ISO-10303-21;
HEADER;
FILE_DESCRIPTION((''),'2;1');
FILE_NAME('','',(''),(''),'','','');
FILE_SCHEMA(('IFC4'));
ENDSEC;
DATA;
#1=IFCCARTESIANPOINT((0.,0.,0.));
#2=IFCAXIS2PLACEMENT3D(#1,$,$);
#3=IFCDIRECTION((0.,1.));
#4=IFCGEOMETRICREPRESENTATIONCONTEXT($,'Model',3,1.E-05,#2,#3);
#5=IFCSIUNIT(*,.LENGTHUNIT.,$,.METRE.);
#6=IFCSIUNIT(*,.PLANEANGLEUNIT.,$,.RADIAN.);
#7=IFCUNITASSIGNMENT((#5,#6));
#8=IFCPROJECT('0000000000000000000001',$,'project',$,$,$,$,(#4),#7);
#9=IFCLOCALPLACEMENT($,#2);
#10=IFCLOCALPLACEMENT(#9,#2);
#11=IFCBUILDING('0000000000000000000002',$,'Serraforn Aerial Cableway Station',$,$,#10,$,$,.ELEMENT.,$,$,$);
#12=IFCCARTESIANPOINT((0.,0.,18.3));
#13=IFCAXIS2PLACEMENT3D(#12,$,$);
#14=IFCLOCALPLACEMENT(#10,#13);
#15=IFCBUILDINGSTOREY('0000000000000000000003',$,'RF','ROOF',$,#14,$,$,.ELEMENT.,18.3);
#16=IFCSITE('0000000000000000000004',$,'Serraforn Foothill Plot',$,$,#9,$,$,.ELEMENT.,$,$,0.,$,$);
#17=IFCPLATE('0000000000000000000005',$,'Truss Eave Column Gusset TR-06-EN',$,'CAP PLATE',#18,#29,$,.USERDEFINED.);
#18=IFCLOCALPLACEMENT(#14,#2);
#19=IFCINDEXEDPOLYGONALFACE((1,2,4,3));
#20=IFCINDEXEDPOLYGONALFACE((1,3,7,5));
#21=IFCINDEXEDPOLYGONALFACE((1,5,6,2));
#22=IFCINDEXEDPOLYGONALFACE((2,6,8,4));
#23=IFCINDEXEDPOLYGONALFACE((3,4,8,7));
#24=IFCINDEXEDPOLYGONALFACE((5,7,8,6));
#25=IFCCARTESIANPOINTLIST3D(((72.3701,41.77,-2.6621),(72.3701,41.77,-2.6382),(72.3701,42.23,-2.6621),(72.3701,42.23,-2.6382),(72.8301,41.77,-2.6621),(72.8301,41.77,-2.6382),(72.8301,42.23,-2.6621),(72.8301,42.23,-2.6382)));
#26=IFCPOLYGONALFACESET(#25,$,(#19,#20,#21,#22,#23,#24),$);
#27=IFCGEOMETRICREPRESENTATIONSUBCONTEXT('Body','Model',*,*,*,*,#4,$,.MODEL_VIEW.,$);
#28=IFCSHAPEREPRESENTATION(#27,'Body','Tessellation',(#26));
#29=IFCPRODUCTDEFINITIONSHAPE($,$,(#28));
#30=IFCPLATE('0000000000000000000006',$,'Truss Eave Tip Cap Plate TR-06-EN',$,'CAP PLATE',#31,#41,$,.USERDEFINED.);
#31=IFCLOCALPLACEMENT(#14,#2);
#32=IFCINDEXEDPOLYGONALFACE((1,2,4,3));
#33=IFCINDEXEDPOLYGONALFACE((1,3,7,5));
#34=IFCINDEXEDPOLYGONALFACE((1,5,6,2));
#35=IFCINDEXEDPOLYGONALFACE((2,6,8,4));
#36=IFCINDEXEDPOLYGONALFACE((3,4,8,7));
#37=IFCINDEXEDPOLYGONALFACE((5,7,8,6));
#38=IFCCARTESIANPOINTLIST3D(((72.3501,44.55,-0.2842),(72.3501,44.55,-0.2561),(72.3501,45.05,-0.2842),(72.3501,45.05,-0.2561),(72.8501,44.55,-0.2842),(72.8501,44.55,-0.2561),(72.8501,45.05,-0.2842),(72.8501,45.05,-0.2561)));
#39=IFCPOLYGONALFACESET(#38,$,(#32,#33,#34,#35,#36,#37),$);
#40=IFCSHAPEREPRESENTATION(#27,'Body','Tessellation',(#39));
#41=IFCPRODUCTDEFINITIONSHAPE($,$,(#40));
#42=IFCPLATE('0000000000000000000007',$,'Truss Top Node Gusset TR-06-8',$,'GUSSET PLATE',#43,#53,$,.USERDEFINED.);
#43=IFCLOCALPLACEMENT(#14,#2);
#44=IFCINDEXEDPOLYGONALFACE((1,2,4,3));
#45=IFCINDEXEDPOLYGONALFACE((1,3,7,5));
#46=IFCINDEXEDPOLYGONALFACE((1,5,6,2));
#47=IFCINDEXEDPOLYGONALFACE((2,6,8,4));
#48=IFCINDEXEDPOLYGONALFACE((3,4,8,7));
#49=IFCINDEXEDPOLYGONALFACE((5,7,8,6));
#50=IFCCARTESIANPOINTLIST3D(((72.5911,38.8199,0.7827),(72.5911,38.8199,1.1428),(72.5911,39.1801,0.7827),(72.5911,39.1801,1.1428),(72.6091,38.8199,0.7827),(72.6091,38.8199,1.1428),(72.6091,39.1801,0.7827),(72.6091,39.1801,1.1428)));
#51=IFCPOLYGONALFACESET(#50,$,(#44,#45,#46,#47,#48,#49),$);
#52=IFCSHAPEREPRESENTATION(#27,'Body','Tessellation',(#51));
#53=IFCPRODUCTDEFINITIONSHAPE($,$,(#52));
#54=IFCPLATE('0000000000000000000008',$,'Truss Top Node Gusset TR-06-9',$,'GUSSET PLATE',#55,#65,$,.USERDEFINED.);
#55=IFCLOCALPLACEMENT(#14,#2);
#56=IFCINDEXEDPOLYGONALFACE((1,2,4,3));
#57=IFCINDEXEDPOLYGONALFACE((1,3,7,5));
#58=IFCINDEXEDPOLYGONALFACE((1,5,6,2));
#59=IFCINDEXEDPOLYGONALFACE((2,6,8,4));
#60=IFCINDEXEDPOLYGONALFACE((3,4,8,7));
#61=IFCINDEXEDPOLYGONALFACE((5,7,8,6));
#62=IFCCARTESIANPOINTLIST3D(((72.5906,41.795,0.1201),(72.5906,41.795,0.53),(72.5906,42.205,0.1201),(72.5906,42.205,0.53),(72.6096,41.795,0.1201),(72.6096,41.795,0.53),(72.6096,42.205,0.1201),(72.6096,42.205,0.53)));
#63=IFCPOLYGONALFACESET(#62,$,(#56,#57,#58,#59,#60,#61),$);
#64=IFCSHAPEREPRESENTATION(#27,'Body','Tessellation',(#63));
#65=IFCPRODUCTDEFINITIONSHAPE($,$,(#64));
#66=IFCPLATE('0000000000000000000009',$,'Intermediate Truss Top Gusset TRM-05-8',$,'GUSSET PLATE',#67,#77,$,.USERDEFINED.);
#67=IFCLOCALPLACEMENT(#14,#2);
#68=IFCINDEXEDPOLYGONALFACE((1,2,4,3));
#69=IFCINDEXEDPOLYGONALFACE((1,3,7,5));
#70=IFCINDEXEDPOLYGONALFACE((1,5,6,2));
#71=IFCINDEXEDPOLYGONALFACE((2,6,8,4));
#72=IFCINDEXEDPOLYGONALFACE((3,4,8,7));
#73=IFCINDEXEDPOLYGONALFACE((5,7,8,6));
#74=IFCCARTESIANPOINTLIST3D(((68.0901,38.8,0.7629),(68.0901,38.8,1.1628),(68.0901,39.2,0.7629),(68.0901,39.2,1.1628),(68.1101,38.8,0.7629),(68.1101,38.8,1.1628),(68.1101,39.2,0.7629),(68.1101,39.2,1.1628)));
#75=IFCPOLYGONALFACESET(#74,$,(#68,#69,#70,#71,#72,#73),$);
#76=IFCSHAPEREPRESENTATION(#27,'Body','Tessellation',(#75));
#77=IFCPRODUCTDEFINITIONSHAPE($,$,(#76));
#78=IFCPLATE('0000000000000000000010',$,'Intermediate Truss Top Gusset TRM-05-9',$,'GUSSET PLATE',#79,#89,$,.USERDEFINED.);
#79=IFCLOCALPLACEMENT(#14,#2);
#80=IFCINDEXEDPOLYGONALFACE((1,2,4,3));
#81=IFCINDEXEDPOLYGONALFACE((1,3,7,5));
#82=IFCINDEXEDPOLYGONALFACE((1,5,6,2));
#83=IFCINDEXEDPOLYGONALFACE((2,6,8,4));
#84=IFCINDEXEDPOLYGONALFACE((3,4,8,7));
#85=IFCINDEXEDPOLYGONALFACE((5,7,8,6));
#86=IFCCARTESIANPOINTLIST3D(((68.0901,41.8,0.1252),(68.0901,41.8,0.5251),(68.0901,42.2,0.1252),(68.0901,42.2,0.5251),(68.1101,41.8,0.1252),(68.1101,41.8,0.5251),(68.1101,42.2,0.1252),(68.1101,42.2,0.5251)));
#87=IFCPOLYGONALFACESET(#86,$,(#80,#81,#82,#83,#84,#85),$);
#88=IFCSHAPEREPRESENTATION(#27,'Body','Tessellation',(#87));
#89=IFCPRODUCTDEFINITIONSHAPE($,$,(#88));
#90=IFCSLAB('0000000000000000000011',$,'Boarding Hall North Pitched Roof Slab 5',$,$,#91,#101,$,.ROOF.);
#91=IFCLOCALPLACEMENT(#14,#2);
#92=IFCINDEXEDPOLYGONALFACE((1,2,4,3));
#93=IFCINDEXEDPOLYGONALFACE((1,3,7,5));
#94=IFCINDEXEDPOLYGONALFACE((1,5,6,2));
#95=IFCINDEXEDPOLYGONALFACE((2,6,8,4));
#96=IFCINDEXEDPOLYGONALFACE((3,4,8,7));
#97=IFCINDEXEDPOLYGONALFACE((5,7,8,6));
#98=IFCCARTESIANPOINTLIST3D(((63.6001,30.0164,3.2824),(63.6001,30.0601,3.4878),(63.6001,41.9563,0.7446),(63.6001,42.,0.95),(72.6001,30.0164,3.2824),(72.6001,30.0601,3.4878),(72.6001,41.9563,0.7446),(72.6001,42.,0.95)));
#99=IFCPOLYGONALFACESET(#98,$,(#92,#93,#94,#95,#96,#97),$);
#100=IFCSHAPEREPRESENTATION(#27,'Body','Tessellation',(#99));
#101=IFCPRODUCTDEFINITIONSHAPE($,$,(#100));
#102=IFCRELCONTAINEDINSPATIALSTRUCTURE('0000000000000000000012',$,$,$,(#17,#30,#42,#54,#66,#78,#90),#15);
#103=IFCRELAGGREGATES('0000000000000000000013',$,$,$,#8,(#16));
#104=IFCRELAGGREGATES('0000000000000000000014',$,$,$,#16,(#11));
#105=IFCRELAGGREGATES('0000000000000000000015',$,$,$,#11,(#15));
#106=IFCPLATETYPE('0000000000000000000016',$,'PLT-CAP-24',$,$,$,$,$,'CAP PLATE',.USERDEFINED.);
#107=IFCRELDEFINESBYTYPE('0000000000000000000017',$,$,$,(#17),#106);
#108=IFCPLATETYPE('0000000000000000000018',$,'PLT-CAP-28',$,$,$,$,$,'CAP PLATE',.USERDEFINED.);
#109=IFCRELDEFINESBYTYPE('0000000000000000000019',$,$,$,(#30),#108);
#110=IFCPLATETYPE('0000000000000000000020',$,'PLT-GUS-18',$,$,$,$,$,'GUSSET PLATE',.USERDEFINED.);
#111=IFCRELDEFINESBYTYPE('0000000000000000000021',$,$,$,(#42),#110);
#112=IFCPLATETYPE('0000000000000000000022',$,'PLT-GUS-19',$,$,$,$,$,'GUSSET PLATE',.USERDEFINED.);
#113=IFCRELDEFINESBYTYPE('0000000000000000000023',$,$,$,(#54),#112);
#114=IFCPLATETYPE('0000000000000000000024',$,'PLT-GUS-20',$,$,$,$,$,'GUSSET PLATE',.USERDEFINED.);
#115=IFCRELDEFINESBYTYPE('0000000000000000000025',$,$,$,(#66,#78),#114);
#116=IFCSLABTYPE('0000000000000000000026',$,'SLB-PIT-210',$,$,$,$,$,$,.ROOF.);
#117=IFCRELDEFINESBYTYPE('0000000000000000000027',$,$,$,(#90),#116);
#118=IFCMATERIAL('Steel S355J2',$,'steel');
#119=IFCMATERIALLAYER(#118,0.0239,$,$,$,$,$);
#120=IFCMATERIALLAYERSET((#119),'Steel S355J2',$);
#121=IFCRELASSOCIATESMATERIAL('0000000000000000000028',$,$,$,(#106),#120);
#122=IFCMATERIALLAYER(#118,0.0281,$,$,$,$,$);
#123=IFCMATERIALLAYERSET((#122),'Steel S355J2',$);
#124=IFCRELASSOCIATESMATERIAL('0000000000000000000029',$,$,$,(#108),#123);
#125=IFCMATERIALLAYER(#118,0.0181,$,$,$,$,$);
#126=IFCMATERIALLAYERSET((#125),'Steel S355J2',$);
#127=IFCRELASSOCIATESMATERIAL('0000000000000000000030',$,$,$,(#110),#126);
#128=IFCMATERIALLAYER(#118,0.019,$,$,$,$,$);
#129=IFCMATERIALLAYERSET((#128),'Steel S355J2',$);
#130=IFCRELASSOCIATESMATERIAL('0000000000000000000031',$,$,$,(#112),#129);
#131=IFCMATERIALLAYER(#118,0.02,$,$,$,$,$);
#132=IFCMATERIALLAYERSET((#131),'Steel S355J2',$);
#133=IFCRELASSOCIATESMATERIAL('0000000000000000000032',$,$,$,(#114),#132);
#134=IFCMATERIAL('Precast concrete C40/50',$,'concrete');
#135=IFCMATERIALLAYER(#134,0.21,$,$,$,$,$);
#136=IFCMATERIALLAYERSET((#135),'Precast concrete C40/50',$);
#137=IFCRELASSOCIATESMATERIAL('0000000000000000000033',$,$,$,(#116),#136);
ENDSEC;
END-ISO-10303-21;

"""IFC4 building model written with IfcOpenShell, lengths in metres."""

from ifc_helpers import new_model, si_unit, direction, frame, origin, origin_2d, place, context, subcontext, project, spatial, polyline, rectangle, outline, extrude, material, layer, layer_set, type_object, element, save


model = new_model("IFC4")

# Units and contexts
model_context = context("Model", 3, precision=1e-05, world=origin(), true_north=direction((0.0, 1.0)))
body_context = subcontext(model_context, "Body", "Model", "MODEL_VIEW")
ifc_project = project(units=[si_unit("LENGTHUNIT", "METRE"), si_unit("PLANEANGLEUNIT", "RADIAN")], contexts=[model_context])

# Site, building, storey
site_placement = place(None, origin())
site = spatial("IfcSite", under=ifc_project, at=site_placement, Name="Serraforn Foothill Plot", CompositionType="ELEMENT", RefElevation=0.0)
building_placement = place(site_placement, origin())
building = spatial("IfcBuilding", under=site, at=building_placement, Name="Serraforn Aerial Cableway Station", CompositionType="ELEMENT")
storey_placement = place(building_placement, frame((0.0, 0.0, 18.3)))
storey = spatial("IfcBuildingStorey", under=building, at=storey_placement, Name="RF", Description="ROOF", CompositionType="ELEMENT", Elevation=18.3)

# Shared definitions
ifc_material_1 = material(Name="Steel S355J2", Category="steel")

# Plates
ifc_layer_1 = layer(ifc_material_1, 0.0239)
ifc_layer_set_1 = layer_set([ifc_layer_1], Name="Steel S355J2")
plate_type_1 = type_object("IfcPlateType", Name="PLT-CAP-24", ElementType="CAP PLATE", PredefinedType="USERDEFINED", material=ifc_layer_set_1)
plate_1_placement = place(storey_placement, frame((72.6001, 42.0, -2.6621), z_axis=(0.0, 0.0, 1.0), x_axis=(1.0, 0.0, 0.0)))
element("IfcPlate", 1, at=plate_1_placement, inside=storey, type_object=plate_type_1, Name="Truss Eave Column Gusset TR-06-EN", ObjectType="CAP PLATE", PredefinedType="USERDEFINED", context=body_context, shape_type="SweptSolid", body=[
    extrude(rectangle(XDim=0.46, YDim=0.46, at=origin_2d()), origin(), (0.0, 0.0, 1.0), 0.0239),
])
ifc_layer_2 = layer(ifc_material_1, 0.0281)
ifc_layer_set_2 = layer_set([ifc_layer_2], Name="Steel S355J2")
plate_type_2 = type_object("IfcPlateType", Name="PLT-CAP-28", ElementType="CAP PLATE", PredefinedType="USERDEFINED", material=ifc_layer_set_2)
plate_2_placement = place(storey_placement, frame((72.6001, 44.8, -0.2842), z_axis=(0.0, 0.0, 1.0), x_axis=(1.0, 0.0, 0.0)))
element("IfcPlate", 2, at=plate_2_placement, inside=storey, type_object=plate_type_2, Name="Truss Eave Tip Cap Plate TR-06-EN", ObjectType="CAP PLATE", PredefinedType="USERDEFINED", context=body_context, shape_type="SweptSolid", body=[
    extrude(rectangle(XDim=0.5, YDim=0.5, at=origin_2d()), origin(), (0.0, 0.0, 1.0), 0.0281),
])
ifc_layer_3 = layer(ifc_material_1, 0.0181)
ifc_layer_set_3 = layer_set([ifc_layer_3], Name="Steel S355J2")
plate_type_3 = type_object("IfcPlateType", Name="PLT-GUS-18", ElementType="GUSSET PLATE", PredefinedType="USERDEFINED", material=ifc_layer_set_3)
plate_3_placement = place(storey_placement, frame((72.6001, 39.0, 0.7827), z_axis=(0.0, 0.0, 1.0), x_axis=(1.0, 0.0, 0.0)))
element("IfcPlate", 3, at=plate_3_placement, inside=storey, type_object=plate_type_3, Name="Truss Top Node Gusset TR-06-8", ObjectType="GUSSET PLATE", PredefinedType="USERDEFINED", context=body_context, shape_type="SweptSolid", body=[
    extrude(rectangle(XDim=0.0181, YDim=0.3601, at=origin_2d()), origin(), (0.0, 0.0, 1.0), 0.3601),
])
ifc_layer_4 = layer(ifc_material_1, 0.019)
ifc_layer_set_4 = layer_set([ifc_layer_4], Name="Steel S355J2")
plate_type_4 = type_object("IfcPlateType", Name="PLT-GUS-19", ElementType="GUSSET PLATE", PredefinedType="USERDEFINED", material=ifc_layer_set_4)
plate_4_placement = place(storey_placement, frame((72.6001, 42.0, 0.1201), z_axis=(0.0, 0.0, 1.0), x_axis=(1.0, 0.0, 0.0)))
element("IfcPlate", 4, at=plate_4_placement, inside=storey, type_object=plate_type_4, Name="Truss Top Node Gusset TR-06-9", ObjectType="GUSSET PLATE", PredefinedType="USERDEFINED", context=body_context, shape_type="SweptSolid", body=[
    extrude(rectangle(XDim=0.019, YDim=0.4099, at=origin_2d()), origin(), (0.0, 0.0, 1.0), 0.4099),
])
ifc_layer_5 = layer(ifc_material_1, 0.02)
ifc_layer_set_5 = layer_set([ifc_layer_5], Name="Steel S355J2")
plate_type_5 = type_object("IfcPlateType", Name="PLT-GUS-20", ElementType="GUSSET PLATE", PredefinedType="USERDEFINED", material=ifc_layer_set_5)
for number, where, z_axis, x_axis, name in (
    (5, (68.1001, 39.0, 0.7629), (0.0, 0.0, 1.0), (1.0, 0.0, 0.0), "Intermediate Truss Top Gusset TRM-05-8"),
    (6, (68.1001, 42.0, 0.1252), (0.0, 0.0, 1.0), (1.0, 0.0, 0.0), "Intermediate Truss Top Gusset TRM-05-9"),
):
    element("IfcPlate", number, at=place(storey_placement, frame(where, z_axis=z_axis, x_axis=x_axis)), inside=storey, type_object=plate_type_5, Name=name, ObjectType="GUSSET PLATE", PredefinedType="USERDEFINED", context=body_context, shape_type="SweptSolid", body=[
        extrude(rectangle(XDim=0.02, YDim=0.3999, at=origin_2d()), origin(), (0.0, 0.0, 1.0), 0.3999),
    ])

# Slab
ifc_material_2 = material(Name="Precast concrete C40/50", Category="concrete")
ifc_layer_6 = layer(ifc_material_2, 0.21)
ifc_layer_set_6 = layer_set([ifc_layer_6], Name="Precast concrete C40/50")
slab_type = type_object("IfcSlabType", Name="SLB-PIT-210", PredefinedType="ROOF", material=ifc_layer_set_6)
slab_placement = place(storey_placement, frame((72.6001, 42.0, 0.95), z_axis=(0.0, 0.207906, 0.978149), x_axis=(-1.0, 0.0, 0.0)))
element("IfcSlab", 7, at=slab_placement, inside=storey, type_object=slab_type, Name="Boarding Hall North Pitched Roof Slab 5", PredefinedType="ROOF", context=body_context, shape_type="SweptSolid", body=[
    extrude(outline(polyline([(0.0, 0.0), (9.0, 0.0), (9.0, 12.2067), (0.0, 12.2067), (0.0, 0.0)])), origin(), (0.0, 0.0, -1.0), 0.21),
])

save(model, "model.ifc")
